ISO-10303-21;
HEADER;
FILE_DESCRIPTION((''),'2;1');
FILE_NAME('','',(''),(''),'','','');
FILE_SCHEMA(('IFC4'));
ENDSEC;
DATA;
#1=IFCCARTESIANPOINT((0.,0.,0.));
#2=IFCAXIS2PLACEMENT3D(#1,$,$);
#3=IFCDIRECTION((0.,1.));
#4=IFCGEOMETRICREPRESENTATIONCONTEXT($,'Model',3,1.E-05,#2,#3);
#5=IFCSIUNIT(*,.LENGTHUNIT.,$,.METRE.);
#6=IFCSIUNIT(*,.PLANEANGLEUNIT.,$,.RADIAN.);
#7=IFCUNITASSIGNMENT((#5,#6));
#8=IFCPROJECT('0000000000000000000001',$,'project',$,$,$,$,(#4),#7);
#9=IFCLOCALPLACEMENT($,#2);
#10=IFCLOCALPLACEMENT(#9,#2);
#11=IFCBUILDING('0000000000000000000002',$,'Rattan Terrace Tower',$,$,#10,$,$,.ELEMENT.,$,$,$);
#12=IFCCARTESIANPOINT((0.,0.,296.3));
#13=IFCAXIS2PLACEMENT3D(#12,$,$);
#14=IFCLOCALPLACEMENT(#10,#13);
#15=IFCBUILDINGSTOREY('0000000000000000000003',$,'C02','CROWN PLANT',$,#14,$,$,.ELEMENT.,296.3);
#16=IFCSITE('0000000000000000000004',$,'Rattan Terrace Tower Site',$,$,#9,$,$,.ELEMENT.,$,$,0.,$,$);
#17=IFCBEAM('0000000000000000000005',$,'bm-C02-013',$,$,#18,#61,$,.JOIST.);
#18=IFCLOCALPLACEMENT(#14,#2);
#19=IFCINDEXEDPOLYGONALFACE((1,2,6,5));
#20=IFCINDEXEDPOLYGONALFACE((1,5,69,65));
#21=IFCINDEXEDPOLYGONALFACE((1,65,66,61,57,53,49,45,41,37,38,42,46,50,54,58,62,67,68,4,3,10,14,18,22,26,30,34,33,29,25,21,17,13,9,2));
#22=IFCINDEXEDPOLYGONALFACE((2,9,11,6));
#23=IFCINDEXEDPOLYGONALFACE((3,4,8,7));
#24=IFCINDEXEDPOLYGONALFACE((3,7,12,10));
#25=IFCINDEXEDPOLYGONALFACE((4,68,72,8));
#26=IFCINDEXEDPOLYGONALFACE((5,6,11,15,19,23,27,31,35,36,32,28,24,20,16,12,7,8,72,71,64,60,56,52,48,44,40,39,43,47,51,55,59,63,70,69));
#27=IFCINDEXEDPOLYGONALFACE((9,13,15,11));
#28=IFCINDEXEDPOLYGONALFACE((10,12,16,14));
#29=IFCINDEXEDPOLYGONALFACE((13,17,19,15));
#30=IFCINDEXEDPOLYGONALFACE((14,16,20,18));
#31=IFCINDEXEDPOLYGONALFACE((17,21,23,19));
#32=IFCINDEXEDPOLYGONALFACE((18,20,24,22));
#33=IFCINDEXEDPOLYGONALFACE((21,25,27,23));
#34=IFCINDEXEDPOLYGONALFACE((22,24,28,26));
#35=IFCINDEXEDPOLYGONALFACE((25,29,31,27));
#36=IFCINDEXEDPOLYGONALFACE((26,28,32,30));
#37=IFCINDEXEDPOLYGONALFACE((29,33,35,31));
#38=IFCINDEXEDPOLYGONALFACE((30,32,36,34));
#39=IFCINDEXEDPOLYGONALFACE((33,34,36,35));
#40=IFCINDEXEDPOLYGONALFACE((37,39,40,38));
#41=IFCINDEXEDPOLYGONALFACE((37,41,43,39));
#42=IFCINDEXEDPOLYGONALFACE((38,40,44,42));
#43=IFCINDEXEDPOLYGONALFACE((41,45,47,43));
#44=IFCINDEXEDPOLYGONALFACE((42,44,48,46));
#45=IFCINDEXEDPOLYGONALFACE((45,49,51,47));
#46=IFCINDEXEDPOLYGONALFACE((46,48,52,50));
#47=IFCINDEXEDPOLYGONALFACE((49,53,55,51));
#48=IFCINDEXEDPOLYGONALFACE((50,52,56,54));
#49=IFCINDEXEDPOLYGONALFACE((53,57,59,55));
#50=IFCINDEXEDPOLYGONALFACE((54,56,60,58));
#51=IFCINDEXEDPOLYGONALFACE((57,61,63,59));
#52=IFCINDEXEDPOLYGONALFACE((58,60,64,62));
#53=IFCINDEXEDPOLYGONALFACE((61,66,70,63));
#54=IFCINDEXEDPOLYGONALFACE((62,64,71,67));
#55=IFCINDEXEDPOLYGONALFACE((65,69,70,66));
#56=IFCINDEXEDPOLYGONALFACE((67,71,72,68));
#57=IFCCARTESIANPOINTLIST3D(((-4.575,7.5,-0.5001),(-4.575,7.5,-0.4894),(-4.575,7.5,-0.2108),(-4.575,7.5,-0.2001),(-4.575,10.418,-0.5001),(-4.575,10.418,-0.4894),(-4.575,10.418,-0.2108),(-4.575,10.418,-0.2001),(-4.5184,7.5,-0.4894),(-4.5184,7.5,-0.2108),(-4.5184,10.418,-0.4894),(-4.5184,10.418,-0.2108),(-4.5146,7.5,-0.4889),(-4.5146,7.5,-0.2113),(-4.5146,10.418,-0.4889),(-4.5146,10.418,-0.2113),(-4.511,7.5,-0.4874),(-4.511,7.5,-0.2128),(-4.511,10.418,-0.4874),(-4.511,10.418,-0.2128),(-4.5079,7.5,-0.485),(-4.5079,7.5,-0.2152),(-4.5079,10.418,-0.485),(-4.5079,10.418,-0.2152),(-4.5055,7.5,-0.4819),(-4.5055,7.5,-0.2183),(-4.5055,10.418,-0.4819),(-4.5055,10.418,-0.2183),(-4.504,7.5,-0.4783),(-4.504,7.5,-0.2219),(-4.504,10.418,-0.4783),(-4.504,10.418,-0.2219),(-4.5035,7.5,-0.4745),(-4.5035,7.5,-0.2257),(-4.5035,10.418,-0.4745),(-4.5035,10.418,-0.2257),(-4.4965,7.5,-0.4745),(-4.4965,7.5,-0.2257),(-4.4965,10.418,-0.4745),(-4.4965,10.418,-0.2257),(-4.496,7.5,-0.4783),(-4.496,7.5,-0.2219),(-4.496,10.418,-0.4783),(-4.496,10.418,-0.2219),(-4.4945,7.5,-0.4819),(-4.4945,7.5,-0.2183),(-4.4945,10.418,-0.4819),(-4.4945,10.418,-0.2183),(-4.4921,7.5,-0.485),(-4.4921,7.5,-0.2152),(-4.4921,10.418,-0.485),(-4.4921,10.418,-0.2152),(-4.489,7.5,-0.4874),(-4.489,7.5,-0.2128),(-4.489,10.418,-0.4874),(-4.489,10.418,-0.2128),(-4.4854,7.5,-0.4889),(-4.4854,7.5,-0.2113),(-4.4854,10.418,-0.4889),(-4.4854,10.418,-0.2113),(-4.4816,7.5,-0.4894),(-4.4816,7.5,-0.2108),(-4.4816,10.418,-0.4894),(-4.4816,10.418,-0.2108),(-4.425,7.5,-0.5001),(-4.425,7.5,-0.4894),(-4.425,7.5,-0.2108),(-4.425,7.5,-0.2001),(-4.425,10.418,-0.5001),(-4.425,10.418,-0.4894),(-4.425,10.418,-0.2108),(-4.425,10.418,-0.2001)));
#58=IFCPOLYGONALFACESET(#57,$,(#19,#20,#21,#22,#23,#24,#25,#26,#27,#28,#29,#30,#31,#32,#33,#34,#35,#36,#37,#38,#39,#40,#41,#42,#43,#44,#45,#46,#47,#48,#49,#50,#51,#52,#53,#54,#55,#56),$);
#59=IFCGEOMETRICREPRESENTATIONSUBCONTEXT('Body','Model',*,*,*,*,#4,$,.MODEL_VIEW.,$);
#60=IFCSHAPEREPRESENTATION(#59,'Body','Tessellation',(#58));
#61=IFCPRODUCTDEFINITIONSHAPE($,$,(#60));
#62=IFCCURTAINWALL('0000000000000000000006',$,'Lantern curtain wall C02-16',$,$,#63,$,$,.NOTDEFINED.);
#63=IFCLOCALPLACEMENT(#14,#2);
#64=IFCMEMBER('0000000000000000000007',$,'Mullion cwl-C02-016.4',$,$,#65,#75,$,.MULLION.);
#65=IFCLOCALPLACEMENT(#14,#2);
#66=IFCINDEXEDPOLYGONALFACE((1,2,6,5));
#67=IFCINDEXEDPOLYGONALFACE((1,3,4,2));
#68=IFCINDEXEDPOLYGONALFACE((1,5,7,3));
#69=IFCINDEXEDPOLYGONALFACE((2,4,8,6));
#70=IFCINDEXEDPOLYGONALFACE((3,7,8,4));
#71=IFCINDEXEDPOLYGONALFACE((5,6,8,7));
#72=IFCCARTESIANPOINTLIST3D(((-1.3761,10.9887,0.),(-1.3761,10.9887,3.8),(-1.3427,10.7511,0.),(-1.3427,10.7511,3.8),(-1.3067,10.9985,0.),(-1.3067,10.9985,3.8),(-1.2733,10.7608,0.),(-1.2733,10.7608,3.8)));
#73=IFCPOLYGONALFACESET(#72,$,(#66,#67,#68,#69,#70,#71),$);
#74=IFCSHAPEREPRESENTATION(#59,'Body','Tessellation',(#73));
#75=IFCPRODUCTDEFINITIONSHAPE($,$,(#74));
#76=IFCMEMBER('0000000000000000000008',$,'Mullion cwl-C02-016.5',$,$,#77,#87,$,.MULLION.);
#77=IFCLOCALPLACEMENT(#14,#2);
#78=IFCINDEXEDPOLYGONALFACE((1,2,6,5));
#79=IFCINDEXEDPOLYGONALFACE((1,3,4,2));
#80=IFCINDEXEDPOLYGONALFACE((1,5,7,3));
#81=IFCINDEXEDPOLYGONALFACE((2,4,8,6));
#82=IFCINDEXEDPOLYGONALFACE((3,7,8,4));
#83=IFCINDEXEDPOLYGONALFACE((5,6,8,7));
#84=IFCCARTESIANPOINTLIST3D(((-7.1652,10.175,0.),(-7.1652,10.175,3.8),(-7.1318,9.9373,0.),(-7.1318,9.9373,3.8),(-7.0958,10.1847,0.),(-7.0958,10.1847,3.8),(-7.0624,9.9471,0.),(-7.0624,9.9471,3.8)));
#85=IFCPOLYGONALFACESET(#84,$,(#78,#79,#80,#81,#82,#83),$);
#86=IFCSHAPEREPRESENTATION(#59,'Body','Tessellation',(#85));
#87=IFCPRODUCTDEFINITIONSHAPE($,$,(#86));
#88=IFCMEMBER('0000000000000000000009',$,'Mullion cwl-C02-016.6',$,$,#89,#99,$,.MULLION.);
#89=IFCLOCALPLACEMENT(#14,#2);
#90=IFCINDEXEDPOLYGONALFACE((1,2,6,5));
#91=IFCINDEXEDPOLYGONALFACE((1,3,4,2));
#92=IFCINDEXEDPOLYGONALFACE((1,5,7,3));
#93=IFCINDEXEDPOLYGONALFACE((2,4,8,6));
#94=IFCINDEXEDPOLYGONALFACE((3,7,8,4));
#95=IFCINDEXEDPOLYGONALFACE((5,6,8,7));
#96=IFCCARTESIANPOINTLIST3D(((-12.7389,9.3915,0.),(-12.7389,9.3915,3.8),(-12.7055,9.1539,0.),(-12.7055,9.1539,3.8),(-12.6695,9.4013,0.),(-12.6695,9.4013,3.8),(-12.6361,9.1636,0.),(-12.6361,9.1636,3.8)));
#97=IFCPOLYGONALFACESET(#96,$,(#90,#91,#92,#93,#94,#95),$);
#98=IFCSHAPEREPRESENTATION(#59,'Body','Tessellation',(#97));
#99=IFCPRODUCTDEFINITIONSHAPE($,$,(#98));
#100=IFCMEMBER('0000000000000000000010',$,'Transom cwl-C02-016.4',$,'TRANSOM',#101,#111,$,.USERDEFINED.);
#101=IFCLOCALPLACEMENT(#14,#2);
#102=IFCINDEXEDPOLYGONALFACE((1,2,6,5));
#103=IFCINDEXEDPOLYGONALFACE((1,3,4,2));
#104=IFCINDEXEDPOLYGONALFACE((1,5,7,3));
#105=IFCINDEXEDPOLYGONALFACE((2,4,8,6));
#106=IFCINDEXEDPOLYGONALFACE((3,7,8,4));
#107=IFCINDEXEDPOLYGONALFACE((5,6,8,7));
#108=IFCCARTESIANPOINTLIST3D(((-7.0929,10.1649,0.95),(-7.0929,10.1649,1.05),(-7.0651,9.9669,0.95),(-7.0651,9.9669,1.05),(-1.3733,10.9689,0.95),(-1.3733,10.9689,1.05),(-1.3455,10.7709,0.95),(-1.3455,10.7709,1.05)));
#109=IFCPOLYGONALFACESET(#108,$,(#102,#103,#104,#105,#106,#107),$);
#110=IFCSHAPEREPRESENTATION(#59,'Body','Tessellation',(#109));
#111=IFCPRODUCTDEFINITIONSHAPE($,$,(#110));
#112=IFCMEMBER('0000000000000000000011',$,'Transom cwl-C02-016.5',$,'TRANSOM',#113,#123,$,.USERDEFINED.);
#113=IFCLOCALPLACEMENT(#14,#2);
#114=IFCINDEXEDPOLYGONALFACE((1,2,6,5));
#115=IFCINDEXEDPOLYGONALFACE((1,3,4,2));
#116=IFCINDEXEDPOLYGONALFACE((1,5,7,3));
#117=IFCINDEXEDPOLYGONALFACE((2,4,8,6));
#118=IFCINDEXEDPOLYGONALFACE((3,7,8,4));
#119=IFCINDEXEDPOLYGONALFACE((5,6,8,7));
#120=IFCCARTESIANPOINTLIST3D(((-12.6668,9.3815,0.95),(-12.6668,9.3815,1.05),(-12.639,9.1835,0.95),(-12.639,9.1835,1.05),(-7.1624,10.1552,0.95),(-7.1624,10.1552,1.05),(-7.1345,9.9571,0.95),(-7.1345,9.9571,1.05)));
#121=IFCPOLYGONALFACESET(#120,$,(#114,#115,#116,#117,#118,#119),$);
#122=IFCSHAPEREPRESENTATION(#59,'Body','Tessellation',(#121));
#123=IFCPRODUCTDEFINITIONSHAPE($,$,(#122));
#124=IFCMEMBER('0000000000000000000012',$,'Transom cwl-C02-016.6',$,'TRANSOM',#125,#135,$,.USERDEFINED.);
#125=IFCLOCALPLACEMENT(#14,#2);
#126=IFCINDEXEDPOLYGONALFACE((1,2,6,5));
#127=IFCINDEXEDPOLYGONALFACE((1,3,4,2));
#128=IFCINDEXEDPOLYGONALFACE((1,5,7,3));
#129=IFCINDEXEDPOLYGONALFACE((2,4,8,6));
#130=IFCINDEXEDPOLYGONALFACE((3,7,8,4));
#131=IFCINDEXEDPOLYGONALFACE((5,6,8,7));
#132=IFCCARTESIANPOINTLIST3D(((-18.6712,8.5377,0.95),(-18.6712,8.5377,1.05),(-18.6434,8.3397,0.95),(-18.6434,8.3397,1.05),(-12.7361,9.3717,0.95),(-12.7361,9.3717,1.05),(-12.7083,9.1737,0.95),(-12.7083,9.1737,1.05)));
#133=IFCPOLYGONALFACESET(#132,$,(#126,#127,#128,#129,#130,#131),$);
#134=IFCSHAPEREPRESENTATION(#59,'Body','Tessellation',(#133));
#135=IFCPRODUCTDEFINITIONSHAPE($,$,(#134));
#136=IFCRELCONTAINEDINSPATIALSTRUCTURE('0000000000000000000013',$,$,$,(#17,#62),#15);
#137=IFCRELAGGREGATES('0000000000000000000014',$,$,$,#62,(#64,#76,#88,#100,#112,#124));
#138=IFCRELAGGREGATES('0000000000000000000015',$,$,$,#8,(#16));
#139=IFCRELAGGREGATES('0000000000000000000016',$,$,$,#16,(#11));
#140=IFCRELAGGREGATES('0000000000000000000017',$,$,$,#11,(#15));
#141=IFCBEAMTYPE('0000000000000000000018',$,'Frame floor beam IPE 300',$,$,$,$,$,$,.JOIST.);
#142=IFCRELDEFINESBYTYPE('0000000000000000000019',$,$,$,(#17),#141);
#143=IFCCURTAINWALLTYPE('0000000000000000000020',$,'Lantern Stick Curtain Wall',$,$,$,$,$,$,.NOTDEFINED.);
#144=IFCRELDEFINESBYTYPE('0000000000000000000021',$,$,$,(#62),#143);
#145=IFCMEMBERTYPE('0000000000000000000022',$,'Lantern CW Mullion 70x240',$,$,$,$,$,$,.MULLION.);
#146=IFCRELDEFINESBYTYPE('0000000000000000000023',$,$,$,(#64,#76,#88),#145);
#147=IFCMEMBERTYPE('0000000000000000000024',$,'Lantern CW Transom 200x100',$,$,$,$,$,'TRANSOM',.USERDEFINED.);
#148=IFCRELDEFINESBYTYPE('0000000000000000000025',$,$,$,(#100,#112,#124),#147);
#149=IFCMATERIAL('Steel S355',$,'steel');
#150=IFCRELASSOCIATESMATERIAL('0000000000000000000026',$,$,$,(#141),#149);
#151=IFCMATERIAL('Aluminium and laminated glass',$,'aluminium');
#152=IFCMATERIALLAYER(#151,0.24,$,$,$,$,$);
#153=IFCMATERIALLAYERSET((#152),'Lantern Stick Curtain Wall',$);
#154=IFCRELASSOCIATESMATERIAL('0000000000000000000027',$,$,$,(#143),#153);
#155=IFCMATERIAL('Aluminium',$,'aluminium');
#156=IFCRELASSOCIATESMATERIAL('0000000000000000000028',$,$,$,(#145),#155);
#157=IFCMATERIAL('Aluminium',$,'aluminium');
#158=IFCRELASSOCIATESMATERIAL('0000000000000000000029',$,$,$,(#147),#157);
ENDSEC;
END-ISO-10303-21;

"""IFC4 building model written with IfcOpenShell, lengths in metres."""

from ifc_helpers import new_model, si_unit, direction, frame, origin, origin_2d, place, context, subcontext, project, spatial, rectangle, i_section, extrude, material, layer, layer_set, material_profile, profile_set, type_object, element, aggregate, save


model = new_model("IFC4")

# Units and contexts
model_context = context("Model", 3, precision=1e-05, world=origin(), true_north=direction((0.0, 1.0)))
body_context = subcontext(model_context, "Body", "Model", "MODEL_VIEW")
ifc_project = project(units=[si_unit("LENGTHUNIT", "METRE"), si_unit("PLANEANGLEUNIT", "RADIAN")], contexts=[model_context])

# Site, building, storey
site_placement = place(None, origin())
site = spatial("IfcSite", under=ifc_project, at=site_placement, Name="Rattan Terrace Tower Site", CompositionType="ELEMENT", RefElevation=0.0)
building_placement = place(site_placement, origin())
building = spatial("IfcBuilding", under=site, at=building_placement, Name="Rattan Terrace Tower", CompositionType="ELEMENT")
storey_placement = place(building_placement, frame((0.0, 0.0, 296.3)))
storey = spatial("IfcBuildingStorey", under=building, at=storey_placement, Name="C02", Description="CROWN PLANT", CompositionType="ELEMENT", Elevation=296.3)

# Beam
ifc_material_1 = material(Name="Steel S355", Category="steel")
ifc_material_profile_1 = material_profile(ifc_material_1, i_section(OverallWidth=0.1499, OverallDepth=0.3, WebThickness=0.0071, FlangeThickness=0.0107, FilletRadius=0.0149, at=origin_2d()), Name="IPE 300")
ifc_profile_set_1 = profile_set([ifc_material_profile_1], Name="Steel S355")
beam_type = type_object("IfcBeamType", Name="Frame floor beam IPE 300", PredefinedType="JOIST", material=ifc_profile_set_1)
beam_1_placement = place(storey_placement, frame((-4.5, 7.5, -0.3501), z_axis=(0.0, 1.0, 0.0), x_axis=(-1.0, 0.0, 0.0)))
element("IfcBeam", 1, at=beam_1_placement, inside=storey, type_object=beam_type, Name="bm-C02-013", PredefinedType="JOIST", context=body_context, shape_type="SweptSolid", body=[
    extrude(i_section(OverallWidth=0.1499, OverallDepth=0.3, WebThickness=0.0071, FlangeThickness=0.0107, FilletRadius=0.0149, at=origin_2d()), origin(), (0.0, 0.0, 1.0), 2.918),
])

# Curtain wall, members
ifc_material_2 = material(Name="Aluminium and laminated glass", Category="aluminium")
ifc_layer_1 = layer(ifc_material_2, 0.24)
ifc_layer_set_1 = layer_set([ifc_layer_1], Name="Lantern Stick Curtain Wall")
curtain_wall_type = type_object("IfcCurtainWallType", Name="Lantern Stick Curtain Wall", PredefinedType="NOTDEFINED", material=ifc_layer_set_1)
curtain_wall_placement = place(storey_placement, origin())
curtain_wall = element("IfcCurtainWall", 2, at=curtain_wall_placement, inside=storey, type_object=curtain_wall_type, Name="Lantern curtain wall C02-16", PredefinedType="NOTDEFINED")
ifc_material_3 = material(Name="Aluminium", Category="aluminium")
ifc_material_profile_2 = material_profile(ifc_material_3, rectangle(XDim=0.0701, YDim=0.24, at=origin_2d()), Name="Aluminium 70x240")
ifc_profile_set_2 = profile_set([ifc_material_profile_2], Name="Aluminium")
member_type_1 = type_object("IfcMemberType", Name="Lantern CW Mullion 70x240", PredefinedType="MULLION", material=ifc_profile_set_2)
member_1_placement = place(storey_placement, frame((-1.3247, 10.8748, 0.0), z_axis=(0.0, 0.0, 1.0), x_axis=(-0.990267, -0.139181, 0.0)))
member_1 = element("IfcMember", 3, at=member_1_placement, type_object=member_type_1, Name="Mullion cwl-C02-016.4", PredefinedType="MULLION", context=body_context, shape_type="SweptSolid", body=[
    extrude(rectangle(XDim=0.0701, YDim=0.24, at=origin_2d()), origin(), (0.0, 0.0, 1.0), 3.8),
])
member_2_placement = place(storey_placement, frame((-7.1138, 10.061, 0.0), z_axis=(0.0, 0.0, 1.0), x_axis=(-0.990267, -0.139181, 0.0)))
member_2 = element("IfcMember", 4, at=member_2_placement, type_object=member_type_1, Name="Mullion cwl-C02-016.5", PredefinedType="MULLION", context=body_context, shape_type="SweptSolid", body=[
    extrude(rectangle(XDim=0.0701, YDim=0.24, at=origin_2d()), origin(), (0.0, 0.0, 1.0), 3.8),
])
member_3_placement = place(storey_placement, frame((-12.6875, 9.2776, 0.0), z_axis=(0.0, 0.0, 1.0), x_axis=(-0.990267, -0.139181, 0.0)))
member_3 = element("IfcMember", 5, at=member_3_placement, type_object=member_type_1, Name="Mullion cwl-C02-016.6", PredefinedType="MULLION", context=body_context, shape_type="SweptSolid", body=[
    extrude(rectangle(XDim=0.0701, YDim=0.24, at=origin_2d()), origin(), (0.0, 0.0, 1.0), 3.8),
])
ifc_material_4 = material(Name="Aluminium", Category="aluminium")
ifc_material_profile_3 = material_profile(ifc_material_4, rectangle(XDim=0.2, YDim=0.1001, at=origin_2d()), Name="Aluminium 200x100")
ifc_profile_set_3 = profile_set([ifc_material_profile_3], Name="Aluminium")
member_type_2 = type_object("IfcMemberType", Name="Lantern CW Transom 200x100", ElementType="TRANSOM", PredefinedType="USERDEFINED", material=ifc_profile_set_3)
member_4_placement = place(storey_placement, frame((-1.3594, 10.8699, 1.0), z_axis=(-0.990266, -0.13919, 0.0), x_axis=(0.13919, -0.990266, 0.0)))
member_4 = element("IfcMember", 6, at=member_4_placement, type_object=member_type_2, Name="Transom cwl-C02-016.4", ObjectType="TRANSOM", PredefinedType="USERDEFINED", context=body_context, shape_type="SweptSolid", body=[
    extrude(rectangle(XDim=0.2, YDim=0.1001, at=origin_2d()), origin(), (0.0, 0.0, 1.0), 5.7759),
])
member_5_placement = place(storey_placement, frame((-7.1484, 10.0562, 1.0), z_axis=(-0.990266, -0.139189, 0.0), x_axis=(0.139189, -0.990266, 0.0)))
member_5 = element("IfcMember", 7, at=member_5_placement, type_object=member_type_2, Name="Transom cwl-C02-016.5", ObjectType="TRANSOM", PredefinedType="USERDEFINED", context=body_context, shape_type="SweptSolid", body=[
    extrude(rectangle(XDim=0.2, YDim=0.1001, at=origin_2d()), origin(), (0.0, 0.0, 1.0), 5.5586),
])
member_6_placement = place(storey_placement, frame((-12.7222, 9.2727, 1.0), z_axis=(-0.990271, -0.139151, 0.0), x_axis=(0.139151, -0.990271, 0.0)))
member_6 = element("IfcMember", 8, at=member_6_placement, type_object=member_type_2, Name="Transom cwl-C02-016.6", ObjectType="TRANSOM", PredefinedType="USERDEFINED", context=body_context, shape_type="SweptSolid", body=[
    extrude(rectangle(XDim=0.2, YDim=0.1001, at=origin_2d()), origin(), (0.0, 0.0, 1.0), 5.9934),
])

aggregate(curtain_wall, [member_1, member_2, member_3, member_4, member_5, member_6])

save(model, "model.ifc")
